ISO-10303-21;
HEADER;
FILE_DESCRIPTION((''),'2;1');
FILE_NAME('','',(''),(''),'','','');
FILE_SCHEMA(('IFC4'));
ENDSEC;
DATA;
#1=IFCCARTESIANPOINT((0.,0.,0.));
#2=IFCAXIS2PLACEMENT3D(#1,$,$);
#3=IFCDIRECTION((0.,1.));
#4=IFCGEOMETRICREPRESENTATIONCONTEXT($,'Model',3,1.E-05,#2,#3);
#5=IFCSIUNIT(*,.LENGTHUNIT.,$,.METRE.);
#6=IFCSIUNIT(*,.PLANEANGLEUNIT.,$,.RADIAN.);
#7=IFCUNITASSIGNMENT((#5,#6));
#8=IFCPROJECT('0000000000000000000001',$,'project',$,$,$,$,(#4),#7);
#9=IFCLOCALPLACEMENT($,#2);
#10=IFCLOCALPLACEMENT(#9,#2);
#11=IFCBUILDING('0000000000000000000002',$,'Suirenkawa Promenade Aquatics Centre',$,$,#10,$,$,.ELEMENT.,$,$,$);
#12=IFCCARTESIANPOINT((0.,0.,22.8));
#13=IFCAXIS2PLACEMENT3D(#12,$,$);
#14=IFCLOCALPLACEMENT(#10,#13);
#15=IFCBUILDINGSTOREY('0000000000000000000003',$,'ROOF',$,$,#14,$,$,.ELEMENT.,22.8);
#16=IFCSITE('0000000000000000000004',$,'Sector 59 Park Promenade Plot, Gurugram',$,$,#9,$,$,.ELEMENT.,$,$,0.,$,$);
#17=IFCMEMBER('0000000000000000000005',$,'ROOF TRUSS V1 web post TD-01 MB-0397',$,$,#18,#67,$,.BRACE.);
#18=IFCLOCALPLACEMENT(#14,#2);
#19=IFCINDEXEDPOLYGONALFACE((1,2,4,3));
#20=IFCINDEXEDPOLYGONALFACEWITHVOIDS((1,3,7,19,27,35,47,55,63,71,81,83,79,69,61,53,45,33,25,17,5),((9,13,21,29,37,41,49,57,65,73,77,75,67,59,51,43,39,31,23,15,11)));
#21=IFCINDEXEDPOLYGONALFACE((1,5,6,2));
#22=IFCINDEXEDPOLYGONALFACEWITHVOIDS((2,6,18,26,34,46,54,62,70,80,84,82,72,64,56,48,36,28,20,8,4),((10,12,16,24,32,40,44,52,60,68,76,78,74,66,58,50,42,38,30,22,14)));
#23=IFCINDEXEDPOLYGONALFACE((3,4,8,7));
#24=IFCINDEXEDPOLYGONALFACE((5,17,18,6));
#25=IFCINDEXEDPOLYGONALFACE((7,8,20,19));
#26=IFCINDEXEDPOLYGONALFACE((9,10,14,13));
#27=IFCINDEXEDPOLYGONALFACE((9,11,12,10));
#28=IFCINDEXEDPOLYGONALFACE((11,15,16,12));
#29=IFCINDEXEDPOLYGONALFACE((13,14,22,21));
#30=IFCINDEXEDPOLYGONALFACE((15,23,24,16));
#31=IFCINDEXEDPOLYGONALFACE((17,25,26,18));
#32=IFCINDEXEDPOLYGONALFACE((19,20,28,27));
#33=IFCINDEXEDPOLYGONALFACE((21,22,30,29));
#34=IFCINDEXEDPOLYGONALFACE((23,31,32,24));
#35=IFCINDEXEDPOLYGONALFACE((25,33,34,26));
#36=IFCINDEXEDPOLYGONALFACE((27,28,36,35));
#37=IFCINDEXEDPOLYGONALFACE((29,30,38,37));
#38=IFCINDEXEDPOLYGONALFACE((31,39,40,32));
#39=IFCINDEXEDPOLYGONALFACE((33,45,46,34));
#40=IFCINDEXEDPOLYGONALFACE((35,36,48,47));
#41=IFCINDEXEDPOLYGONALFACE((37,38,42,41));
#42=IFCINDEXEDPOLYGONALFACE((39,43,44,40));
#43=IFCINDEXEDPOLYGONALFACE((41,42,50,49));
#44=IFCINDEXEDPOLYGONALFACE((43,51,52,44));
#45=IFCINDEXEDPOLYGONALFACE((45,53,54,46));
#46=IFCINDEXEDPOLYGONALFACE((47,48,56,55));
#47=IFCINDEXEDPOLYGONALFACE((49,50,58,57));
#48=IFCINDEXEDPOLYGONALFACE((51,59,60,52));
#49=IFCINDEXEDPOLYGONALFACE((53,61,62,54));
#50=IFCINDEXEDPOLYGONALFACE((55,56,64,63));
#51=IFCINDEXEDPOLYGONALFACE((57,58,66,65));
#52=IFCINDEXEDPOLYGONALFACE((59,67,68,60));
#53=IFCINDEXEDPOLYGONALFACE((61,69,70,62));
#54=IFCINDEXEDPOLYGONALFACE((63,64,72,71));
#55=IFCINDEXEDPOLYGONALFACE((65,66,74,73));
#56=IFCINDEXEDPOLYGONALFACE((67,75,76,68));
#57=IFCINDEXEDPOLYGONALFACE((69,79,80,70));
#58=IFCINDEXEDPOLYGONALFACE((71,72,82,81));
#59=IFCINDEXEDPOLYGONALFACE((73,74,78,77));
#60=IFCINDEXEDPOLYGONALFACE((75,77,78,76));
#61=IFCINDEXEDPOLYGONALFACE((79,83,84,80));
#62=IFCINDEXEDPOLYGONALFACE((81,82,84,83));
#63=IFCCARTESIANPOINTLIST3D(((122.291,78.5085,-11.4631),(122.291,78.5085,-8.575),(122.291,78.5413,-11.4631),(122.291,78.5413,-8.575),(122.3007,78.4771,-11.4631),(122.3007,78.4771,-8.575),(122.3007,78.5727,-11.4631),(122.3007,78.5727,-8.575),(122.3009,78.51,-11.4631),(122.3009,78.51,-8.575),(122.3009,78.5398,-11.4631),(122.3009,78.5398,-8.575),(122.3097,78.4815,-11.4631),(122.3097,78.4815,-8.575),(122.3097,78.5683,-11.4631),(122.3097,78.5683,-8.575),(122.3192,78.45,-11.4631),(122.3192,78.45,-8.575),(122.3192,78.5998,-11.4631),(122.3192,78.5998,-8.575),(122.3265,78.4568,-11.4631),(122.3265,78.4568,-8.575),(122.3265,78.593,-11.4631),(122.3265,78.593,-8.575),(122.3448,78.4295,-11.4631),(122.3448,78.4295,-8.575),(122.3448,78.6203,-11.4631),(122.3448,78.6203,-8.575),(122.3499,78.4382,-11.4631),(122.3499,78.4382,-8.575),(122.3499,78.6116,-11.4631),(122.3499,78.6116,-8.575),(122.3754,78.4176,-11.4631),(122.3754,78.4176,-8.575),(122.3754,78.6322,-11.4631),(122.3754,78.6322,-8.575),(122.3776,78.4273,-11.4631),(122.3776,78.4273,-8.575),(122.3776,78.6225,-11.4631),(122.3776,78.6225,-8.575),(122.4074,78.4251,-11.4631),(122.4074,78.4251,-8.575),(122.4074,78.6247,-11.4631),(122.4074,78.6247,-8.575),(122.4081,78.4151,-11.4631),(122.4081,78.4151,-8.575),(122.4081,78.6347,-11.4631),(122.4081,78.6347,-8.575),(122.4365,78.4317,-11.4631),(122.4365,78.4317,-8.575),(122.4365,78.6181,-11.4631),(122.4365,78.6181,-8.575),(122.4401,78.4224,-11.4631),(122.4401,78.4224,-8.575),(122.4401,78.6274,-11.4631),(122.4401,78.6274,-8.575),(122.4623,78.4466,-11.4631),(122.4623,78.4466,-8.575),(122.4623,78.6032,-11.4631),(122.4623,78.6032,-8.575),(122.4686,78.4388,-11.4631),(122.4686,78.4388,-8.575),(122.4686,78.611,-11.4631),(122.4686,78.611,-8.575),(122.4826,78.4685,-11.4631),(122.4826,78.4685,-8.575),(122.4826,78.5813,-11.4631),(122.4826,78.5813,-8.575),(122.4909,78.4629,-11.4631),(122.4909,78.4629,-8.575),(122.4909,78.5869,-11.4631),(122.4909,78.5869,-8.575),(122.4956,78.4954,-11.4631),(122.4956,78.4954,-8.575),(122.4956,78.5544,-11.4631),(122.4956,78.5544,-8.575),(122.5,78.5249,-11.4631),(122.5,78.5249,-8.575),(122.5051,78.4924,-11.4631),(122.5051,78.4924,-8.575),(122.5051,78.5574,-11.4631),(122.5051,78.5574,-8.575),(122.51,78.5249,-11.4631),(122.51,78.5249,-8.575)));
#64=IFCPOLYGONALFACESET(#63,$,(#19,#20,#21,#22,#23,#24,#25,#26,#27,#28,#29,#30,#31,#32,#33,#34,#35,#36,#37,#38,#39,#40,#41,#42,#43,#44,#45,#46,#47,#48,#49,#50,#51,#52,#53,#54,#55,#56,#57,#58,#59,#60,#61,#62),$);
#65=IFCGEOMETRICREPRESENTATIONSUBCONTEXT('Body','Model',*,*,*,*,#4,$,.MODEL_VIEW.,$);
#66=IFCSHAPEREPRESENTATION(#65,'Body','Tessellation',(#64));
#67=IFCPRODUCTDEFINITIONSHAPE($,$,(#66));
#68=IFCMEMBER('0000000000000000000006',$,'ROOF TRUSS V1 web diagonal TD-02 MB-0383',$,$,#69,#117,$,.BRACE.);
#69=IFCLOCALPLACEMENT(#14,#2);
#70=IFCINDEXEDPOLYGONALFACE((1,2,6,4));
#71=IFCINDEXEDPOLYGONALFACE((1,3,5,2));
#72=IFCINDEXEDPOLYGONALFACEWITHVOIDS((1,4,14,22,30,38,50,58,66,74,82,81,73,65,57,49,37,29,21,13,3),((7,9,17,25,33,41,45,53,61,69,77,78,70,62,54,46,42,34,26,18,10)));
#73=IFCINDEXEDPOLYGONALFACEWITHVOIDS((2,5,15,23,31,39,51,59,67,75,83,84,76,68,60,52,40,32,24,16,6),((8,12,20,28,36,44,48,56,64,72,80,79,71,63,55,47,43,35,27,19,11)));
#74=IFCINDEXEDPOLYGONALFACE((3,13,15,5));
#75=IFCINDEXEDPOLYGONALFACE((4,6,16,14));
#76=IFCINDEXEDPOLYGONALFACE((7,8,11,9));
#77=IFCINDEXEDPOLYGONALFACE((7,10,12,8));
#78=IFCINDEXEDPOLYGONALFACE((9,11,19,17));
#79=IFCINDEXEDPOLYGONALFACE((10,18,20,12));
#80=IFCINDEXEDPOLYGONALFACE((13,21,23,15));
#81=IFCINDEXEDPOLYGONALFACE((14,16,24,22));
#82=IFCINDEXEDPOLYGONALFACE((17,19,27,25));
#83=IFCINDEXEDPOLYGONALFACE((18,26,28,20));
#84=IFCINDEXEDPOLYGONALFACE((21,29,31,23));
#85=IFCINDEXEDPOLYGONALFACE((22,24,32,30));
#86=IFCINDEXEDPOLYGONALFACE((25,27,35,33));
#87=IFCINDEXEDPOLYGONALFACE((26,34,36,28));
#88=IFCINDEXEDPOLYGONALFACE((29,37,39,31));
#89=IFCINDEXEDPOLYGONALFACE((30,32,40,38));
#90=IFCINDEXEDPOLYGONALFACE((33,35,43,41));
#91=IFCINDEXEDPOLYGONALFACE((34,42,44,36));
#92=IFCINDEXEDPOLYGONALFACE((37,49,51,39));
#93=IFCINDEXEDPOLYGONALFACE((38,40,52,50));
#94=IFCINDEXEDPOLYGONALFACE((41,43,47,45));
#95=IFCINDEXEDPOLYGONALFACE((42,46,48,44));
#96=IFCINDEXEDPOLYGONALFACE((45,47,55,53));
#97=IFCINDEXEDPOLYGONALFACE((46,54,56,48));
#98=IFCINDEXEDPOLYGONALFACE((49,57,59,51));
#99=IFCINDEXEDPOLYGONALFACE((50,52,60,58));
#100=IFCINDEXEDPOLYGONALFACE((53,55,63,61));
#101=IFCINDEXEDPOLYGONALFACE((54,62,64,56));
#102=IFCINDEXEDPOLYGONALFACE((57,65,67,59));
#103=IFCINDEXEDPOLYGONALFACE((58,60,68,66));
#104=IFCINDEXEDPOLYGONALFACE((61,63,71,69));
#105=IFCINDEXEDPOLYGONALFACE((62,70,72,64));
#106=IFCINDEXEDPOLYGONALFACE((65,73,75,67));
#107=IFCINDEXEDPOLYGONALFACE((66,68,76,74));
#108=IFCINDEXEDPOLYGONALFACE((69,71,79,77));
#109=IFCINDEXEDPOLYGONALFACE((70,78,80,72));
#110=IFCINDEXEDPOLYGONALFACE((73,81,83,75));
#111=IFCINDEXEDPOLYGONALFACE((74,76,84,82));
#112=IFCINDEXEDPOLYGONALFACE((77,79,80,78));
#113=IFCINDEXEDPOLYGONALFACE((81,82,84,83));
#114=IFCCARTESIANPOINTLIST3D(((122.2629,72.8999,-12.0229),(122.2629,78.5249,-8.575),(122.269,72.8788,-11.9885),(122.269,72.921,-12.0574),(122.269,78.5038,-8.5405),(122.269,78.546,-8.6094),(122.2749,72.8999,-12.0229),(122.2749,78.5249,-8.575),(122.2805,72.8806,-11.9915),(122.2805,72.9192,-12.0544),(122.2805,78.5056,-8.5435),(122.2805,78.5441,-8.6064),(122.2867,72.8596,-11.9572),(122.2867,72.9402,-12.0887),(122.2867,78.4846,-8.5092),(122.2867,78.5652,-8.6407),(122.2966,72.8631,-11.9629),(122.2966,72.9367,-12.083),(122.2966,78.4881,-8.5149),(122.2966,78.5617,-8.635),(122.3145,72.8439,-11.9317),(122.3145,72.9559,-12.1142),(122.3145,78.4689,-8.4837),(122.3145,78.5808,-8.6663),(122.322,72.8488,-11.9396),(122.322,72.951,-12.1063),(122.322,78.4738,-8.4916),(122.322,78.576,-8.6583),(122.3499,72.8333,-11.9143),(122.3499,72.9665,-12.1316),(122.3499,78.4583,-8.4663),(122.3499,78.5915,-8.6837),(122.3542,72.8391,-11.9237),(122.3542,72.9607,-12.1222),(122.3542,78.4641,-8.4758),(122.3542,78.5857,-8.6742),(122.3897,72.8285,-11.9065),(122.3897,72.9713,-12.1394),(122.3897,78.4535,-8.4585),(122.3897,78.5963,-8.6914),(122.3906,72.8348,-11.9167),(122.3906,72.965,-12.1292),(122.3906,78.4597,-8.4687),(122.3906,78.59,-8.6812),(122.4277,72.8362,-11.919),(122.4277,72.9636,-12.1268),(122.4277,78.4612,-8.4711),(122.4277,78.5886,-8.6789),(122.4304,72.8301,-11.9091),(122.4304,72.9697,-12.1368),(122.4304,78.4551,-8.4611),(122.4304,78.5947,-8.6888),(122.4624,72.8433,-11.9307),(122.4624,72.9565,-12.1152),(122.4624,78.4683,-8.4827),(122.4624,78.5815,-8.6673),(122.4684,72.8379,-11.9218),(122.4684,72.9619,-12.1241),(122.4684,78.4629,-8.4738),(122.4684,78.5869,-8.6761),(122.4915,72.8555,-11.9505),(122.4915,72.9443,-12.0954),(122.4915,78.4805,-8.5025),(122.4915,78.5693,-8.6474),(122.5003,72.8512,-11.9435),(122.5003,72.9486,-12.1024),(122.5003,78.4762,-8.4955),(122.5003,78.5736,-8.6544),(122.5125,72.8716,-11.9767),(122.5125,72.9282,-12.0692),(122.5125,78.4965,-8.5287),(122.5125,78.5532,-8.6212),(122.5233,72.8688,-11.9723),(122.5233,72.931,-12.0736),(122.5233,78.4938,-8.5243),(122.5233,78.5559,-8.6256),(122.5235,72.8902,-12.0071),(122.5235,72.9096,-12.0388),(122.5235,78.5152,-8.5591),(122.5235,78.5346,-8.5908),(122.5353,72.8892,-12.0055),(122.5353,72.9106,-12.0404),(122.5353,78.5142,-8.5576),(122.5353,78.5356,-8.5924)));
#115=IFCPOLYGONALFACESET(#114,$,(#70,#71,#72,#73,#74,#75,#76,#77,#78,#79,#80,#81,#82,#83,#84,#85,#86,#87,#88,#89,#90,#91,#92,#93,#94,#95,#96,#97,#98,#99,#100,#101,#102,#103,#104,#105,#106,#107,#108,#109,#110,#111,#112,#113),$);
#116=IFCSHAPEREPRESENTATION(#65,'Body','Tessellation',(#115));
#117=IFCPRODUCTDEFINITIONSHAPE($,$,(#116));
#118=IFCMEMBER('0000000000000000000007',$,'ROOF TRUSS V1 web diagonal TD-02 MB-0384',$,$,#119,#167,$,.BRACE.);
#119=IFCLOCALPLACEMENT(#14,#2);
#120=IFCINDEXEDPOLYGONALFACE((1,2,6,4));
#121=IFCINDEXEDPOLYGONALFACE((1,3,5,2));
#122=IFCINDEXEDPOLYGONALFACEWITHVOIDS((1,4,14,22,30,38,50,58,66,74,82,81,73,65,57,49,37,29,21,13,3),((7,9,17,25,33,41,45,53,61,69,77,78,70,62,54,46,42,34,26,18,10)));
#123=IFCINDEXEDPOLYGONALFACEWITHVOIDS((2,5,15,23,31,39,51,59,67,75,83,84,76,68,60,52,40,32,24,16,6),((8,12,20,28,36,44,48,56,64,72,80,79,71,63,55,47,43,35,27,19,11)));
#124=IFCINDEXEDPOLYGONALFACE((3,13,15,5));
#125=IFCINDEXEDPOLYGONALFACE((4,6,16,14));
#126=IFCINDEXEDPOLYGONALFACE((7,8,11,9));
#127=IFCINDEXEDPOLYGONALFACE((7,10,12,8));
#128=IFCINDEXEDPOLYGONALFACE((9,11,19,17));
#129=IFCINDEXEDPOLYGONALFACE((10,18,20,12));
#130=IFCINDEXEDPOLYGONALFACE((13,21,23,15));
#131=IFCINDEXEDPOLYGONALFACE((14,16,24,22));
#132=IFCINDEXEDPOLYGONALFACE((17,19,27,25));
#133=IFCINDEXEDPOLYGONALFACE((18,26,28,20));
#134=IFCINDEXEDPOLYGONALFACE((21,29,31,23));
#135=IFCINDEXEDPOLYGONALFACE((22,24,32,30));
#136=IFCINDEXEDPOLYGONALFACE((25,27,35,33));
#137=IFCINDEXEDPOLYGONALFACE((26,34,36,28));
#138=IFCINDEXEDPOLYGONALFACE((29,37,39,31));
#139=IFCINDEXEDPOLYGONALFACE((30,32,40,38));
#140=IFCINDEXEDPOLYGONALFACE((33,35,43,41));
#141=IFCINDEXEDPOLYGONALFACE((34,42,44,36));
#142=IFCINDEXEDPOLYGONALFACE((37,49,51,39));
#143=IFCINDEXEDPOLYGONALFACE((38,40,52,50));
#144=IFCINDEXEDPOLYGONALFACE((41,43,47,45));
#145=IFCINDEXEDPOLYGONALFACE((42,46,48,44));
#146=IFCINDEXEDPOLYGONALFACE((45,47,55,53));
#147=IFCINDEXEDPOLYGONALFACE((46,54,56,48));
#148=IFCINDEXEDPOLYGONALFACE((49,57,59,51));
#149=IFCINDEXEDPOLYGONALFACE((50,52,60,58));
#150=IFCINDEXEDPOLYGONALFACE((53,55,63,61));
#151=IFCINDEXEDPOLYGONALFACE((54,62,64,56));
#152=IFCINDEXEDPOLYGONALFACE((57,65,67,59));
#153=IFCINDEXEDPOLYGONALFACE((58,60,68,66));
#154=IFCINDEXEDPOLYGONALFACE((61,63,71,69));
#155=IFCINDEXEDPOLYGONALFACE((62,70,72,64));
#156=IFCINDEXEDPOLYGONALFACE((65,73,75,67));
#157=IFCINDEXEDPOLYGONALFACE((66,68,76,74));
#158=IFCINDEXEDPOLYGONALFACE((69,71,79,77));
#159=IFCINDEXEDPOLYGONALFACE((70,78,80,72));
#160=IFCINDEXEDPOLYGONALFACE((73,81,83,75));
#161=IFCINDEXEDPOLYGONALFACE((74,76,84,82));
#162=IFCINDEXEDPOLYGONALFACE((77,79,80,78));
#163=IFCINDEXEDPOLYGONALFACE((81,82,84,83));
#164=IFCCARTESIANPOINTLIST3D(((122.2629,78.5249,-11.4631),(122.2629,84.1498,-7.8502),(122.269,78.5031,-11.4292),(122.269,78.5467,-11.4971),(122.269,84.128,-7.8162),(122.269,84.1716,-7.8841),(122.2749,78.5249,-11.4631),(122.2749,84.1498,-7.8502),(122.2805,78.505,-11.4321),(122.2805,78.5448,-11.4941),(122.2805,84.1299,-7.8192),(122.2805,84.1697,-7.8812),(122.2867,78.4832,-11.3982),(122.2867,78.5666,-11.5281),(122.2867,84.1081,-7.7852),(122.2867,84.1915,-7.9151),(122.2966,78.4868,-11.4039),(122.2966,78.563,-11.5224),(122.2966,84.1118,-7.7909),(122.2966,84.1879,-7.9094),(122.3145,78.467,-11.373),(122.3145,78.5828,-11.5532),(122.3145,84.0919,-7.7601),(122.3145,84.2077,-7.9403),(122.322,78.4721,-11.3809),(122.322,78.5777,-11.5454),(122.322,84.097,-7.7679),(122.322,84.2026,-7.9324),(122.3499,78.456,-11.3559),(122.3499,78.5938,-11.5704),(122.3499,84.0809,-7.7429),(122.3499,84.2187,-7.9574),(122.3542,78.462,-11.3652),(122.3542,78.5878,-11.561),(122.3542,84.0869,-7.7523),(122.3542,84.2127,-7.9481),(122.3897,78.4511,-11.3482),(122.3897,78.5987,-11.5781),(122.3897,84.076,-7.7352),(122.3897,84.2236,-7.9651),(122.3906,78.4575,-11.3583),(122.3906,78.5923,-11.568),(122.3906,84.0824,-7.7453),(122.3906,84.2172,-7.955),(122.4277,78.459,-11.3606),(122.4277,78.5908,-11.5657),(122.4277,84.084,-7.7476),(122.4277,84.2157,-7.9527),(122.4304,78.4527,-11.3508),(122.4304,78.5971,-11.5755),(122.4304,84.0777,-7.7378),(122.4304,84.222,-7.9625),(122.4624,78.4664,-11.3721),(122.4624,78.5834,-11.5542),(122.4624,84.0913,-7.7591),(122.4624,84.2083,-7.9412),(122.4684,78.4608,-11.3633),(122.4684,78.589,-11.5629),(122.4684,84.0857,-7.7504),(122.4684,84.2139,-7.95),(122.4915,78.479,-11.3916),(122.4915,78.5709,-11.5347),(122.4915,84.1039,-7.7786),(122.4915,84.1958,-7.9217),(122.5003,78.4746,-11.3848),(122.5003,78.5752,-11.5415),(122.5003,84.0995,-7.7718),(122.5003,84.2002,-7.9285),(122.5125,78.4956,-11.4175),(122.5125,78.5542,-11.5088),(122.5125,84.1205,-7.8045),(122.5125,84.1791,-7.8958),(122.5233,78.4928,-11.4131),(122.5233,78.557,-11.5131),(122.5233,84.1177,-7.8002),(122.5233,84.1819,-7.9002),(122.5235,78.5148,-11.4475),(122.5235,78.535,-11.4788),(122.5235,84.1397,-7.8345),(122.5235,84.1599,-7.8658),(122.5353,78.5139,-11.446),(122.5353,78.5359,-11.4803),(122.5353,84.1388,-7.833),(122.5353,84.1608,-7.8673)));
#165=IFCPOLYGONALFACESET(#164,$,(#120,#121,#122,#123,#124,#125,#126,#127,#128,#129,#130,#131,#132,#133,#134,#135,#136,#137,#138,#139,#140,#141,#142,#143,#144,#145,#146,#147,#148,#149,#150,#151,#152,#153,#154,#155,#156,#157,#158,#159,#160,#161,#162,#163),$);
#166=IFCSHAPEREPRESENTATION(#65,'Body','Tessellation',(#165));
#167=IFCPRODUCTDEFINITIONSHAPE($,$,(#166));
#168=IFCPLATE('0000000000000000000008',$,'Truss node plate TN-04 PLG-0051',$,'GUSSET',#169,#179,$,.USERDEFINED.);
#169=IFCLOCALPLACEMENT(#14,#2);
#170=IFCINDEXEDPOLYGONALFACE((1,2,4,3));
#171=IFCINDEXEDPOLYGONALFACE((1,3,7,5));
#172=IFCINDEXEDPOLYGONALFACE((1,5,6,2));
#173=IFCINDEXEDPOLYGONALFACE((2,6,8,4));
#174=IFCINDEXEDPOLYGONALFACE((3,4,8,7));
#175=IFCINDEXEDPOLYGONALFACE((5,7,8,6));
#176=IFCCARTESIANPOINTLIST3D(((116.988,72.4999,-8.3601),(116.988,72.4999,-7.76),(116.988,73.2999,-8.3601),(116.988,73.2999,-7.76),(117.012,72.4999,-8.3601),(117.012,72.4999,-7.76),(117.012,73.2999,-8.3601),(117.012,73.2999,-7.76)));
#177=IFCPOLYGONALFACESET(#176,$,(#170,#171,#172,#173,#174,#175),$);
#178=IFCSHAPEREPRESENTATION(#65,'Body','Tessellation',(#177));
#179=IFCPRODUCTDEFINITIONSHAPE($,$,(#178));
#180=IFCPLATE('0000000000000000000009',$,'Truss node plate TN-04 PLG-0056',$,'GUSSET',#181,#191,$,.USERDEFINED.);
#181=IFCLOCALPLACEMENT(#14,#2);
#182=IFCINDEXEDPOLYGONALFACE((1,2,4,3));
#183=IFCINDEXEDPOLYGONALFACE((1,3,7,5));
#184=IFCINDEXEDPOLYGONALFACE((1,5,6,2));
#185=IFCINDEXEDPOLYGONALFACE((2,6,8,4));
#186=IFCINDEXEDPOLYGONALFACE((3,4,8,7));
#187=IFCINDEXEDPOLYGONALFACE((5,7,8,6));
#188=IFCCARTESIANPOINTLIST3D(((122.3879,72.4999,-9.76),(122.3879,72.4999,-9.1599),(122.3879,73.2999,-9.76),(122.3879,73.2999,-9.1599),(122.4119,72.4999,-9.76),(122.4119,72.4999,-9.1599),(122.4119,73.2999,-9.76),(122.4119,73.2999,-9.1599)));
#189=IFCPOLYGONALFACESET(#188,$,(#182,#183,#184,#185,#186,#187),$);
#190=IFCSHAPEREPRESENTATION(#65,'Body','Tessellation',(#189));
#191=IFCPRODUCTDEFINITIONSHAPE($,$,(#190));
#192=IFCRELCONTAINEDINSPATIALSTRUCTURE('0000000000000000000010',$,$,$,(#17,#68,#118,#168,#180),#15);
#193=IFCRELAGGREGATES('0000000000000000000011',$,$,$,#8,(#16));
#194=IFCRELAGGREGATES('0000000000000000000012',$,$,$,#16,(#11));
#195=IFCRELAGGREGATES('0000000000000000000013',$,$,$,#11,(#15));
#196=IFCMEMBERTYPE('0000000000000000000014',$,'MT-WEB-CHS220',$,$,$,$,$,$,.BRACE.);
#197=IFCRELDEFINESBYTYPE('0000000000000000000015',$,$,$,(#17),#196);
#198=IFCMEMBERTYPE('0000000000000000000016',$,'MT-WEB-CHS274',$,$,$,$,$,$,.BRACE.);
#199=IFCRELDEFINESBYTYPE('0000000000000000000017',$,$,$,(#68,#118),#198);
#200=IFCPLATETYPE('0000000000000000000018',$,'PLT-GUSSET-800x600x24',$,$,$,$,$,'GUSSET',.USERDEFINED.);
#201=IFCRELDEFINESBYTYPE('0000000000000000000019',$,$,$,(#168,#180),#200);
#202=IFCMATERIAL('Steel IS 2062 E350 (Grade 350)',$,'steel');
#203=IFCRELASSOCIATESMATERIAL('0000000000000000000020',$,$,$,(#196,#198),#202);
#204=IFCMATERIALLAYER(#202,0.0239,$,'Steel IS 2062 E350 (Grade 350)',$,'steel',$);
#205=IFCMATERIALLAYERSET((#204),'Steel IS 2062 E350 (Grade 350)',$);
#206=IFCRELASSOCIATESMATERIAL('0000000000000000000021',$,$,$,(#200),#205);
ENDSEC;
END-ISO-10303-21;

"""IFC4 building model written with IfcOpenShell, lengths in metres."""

from ifc_helpers import new_model, si_unit, direction, frame, origin, origin_2d, place, context, subcontext, project, spatial, rectangle, hollow_circle, extrude, material, layer, layer_set, material_profile, profile_set, type_object, element, save


model = new_model("IFC4")

# Units and contexts
model_context = context("Model", 3, precision=1e-05, world=origin(), true_north=direction((0.0, 1.0)))
body_context = subcontext(model_context, "Body", "Model", "MODEL_VIEW")
ifc_project = project(units=[si_unit("LENGTHUNIT", "METRE"), si_unit("PLANEANGLEUNIT", "RADIAN")], contexts=[model_context])

# Site, building, storey
site_placement = place(None, origin())
site = spatial("IfcSite", under=ifc_project, at=site_placement, Name="Sector 59 Park Promenade Plot, Gurugram", CompositionType="ELEMENT", RefElevation=0.0)
building_placement = place(site_placement, origin())
building = spatial("IfcBuilding", under=site, at=building_placement, Name="Suirenkawa Promenade Aquatics Centre", CompositionType="ELEMENT")
storey_placement = place(building_placement, frame((0.0, 0.0, 22.8)))
storey = spatial("IfcBuildingStorey", under=building, at=storey_placement, Name="ROOF", CompositionType="ELEMENT", Elevation=22.8)

# Shared definitions
ifc_material = material(Name="Steel IS 2062 E350 (Grade 350)", Category="steel")

# Members
ifc_material_profile_1 = material_profile(ifc_material, hollow_circle(Radius=0.1101, WallThickness=0.01, at=origin_2d()), Name="CHS 220x10", Category="steel")
ifc_profile_set_1 = profile_set([ifc_material_profile_1], Name="Steel IS 2062 E350 (Grade 350)")
member_type_1 = type_object("IfcMemberType", Name="MT-WEB-CHS220", PredefinedType="BRACE", material=ifc_profile_set_1)
member_1_placement = place(storey_placement, frame((122.3999, 78.5249, -11.4631), z_axis=(0.0, 0.0, 1.0), x_axis=(1.0, 0.0, 0.0)))
element("IfcMember", 1, at=member_1_placement, inside=storey, type_object=member_type_1, Name="ROOF TRUSS V1 web post TD-01 MB-0397", PredefinedType="BRACE", context=body_context, shape_type="SweptSolid", body=[
    extrude(hollow_circle(Radius=0.1101, WallThickness=0.01, at=origin_2d()), origin(), (0.0, 0.0, 1.0), 2.8882),
])
ifc_material_profile_2 = material_profile(ifc_material, hollow_circle(Radius=0.137, WallThickness=0.012, at=origin_2d()), Name="CHS 274x12", Category="steel")
ifc_profile_set_2 = profile_set([ifc_material_profile_2], Name="Steel IS 2062 E350 (Grade 350)")
member_type_2 = type_object("IfcMemberType", Name="MT-WEB-CHS274", PredefinedType="BRACE", material=ifc_profile_set_2)
member_2_placement = place(storey_placement, frame((122.3999, 72.8999, -12.0229), z_axis=(0.0, 0.852573, 0.522608), x_axis=(-1.0, 0.0, 0.0)))
element("IfcMember", 2, at=member_2_placement, inside=storey, type_object=member_type_2, Name="ROOF TRUSS V1 web diagonal TD-02 MB-0383", PredefinedType="BRACE", context=body_context, shape_type="SweptSolid", body=[
    extrude(hollow_circle(Radius=0.137, WallThickness=0.012, at=origin_2d()), origin(), (0.0, 0.0, 1.0), 6.5977),
])
member_3_placement = place(storey_placement, frame((122.3999, 78.5249, -11.4631), z_axis=(0.0, 0.841385, 0.540436), x_axis=(-1.0, 0.0, 0.0)))
element("IfcMember", 3, at=member_3_placement, inside=storey, type_object=member_type_2, Name="ROOF TRUSS V1 web diagonal TD-02 MB-0384", PredefinedType="BRACE", context=body_context, shape_type="SweptSolid", body=[
    extrude(hollow_circle(Radius=0.137, WallThickness=0.012, at=origin_2d()), origin(), (0.0, 0.0, 1.0), 6.6853),
])

# Plates
ifc_layer = layer(ifc_material, 0.0239, Name="Steel IS 2062 E350 (Grade 350)", Category="steel")
ifc_layer_set = layer_set([ifc_layer], Name="Steel IS 2062 E350 (Grade 350)")
plate_type = type_object("IfcPlateType", Name="PLT-GUSSET-800x600x24", ElementType="GUSSET", PredefinedType="USERDEFINED", material=ifc_layer_set)
for number, where, z_axis, x_axis, name in (
    (4, (117.0, 72.8999, -8.3601), (0.0, 0.0, 1.0), (0.0, 1.0, 0.0), "Truss node plate TN-04 PLG-0051"),
    (5, (122.3999, 72.8999, -9.76), (0.0, 0.0, 1.0), (0.0, 1.0, 0.0), "Truss node plate TN-04 PLG-0056"),
):
    element("IfcPlate", number, at=place(storey_placement, frame(where, z_axis=z_axis, x_axis=x_axis)), inside=storey, type_object=plate_type, Name=name, ObjectType="GUSSET", PredefinedType="USERDEFINED", context=body_context, shape_type="SweptSolid", body=[
        extrude(rectangle(XDim=0.8, YDim=0.0239, at=origin_2d()), origin(), (0.0, 0.0, 1.0), 0.6001),
    ])

save(model, "model.ifc")
